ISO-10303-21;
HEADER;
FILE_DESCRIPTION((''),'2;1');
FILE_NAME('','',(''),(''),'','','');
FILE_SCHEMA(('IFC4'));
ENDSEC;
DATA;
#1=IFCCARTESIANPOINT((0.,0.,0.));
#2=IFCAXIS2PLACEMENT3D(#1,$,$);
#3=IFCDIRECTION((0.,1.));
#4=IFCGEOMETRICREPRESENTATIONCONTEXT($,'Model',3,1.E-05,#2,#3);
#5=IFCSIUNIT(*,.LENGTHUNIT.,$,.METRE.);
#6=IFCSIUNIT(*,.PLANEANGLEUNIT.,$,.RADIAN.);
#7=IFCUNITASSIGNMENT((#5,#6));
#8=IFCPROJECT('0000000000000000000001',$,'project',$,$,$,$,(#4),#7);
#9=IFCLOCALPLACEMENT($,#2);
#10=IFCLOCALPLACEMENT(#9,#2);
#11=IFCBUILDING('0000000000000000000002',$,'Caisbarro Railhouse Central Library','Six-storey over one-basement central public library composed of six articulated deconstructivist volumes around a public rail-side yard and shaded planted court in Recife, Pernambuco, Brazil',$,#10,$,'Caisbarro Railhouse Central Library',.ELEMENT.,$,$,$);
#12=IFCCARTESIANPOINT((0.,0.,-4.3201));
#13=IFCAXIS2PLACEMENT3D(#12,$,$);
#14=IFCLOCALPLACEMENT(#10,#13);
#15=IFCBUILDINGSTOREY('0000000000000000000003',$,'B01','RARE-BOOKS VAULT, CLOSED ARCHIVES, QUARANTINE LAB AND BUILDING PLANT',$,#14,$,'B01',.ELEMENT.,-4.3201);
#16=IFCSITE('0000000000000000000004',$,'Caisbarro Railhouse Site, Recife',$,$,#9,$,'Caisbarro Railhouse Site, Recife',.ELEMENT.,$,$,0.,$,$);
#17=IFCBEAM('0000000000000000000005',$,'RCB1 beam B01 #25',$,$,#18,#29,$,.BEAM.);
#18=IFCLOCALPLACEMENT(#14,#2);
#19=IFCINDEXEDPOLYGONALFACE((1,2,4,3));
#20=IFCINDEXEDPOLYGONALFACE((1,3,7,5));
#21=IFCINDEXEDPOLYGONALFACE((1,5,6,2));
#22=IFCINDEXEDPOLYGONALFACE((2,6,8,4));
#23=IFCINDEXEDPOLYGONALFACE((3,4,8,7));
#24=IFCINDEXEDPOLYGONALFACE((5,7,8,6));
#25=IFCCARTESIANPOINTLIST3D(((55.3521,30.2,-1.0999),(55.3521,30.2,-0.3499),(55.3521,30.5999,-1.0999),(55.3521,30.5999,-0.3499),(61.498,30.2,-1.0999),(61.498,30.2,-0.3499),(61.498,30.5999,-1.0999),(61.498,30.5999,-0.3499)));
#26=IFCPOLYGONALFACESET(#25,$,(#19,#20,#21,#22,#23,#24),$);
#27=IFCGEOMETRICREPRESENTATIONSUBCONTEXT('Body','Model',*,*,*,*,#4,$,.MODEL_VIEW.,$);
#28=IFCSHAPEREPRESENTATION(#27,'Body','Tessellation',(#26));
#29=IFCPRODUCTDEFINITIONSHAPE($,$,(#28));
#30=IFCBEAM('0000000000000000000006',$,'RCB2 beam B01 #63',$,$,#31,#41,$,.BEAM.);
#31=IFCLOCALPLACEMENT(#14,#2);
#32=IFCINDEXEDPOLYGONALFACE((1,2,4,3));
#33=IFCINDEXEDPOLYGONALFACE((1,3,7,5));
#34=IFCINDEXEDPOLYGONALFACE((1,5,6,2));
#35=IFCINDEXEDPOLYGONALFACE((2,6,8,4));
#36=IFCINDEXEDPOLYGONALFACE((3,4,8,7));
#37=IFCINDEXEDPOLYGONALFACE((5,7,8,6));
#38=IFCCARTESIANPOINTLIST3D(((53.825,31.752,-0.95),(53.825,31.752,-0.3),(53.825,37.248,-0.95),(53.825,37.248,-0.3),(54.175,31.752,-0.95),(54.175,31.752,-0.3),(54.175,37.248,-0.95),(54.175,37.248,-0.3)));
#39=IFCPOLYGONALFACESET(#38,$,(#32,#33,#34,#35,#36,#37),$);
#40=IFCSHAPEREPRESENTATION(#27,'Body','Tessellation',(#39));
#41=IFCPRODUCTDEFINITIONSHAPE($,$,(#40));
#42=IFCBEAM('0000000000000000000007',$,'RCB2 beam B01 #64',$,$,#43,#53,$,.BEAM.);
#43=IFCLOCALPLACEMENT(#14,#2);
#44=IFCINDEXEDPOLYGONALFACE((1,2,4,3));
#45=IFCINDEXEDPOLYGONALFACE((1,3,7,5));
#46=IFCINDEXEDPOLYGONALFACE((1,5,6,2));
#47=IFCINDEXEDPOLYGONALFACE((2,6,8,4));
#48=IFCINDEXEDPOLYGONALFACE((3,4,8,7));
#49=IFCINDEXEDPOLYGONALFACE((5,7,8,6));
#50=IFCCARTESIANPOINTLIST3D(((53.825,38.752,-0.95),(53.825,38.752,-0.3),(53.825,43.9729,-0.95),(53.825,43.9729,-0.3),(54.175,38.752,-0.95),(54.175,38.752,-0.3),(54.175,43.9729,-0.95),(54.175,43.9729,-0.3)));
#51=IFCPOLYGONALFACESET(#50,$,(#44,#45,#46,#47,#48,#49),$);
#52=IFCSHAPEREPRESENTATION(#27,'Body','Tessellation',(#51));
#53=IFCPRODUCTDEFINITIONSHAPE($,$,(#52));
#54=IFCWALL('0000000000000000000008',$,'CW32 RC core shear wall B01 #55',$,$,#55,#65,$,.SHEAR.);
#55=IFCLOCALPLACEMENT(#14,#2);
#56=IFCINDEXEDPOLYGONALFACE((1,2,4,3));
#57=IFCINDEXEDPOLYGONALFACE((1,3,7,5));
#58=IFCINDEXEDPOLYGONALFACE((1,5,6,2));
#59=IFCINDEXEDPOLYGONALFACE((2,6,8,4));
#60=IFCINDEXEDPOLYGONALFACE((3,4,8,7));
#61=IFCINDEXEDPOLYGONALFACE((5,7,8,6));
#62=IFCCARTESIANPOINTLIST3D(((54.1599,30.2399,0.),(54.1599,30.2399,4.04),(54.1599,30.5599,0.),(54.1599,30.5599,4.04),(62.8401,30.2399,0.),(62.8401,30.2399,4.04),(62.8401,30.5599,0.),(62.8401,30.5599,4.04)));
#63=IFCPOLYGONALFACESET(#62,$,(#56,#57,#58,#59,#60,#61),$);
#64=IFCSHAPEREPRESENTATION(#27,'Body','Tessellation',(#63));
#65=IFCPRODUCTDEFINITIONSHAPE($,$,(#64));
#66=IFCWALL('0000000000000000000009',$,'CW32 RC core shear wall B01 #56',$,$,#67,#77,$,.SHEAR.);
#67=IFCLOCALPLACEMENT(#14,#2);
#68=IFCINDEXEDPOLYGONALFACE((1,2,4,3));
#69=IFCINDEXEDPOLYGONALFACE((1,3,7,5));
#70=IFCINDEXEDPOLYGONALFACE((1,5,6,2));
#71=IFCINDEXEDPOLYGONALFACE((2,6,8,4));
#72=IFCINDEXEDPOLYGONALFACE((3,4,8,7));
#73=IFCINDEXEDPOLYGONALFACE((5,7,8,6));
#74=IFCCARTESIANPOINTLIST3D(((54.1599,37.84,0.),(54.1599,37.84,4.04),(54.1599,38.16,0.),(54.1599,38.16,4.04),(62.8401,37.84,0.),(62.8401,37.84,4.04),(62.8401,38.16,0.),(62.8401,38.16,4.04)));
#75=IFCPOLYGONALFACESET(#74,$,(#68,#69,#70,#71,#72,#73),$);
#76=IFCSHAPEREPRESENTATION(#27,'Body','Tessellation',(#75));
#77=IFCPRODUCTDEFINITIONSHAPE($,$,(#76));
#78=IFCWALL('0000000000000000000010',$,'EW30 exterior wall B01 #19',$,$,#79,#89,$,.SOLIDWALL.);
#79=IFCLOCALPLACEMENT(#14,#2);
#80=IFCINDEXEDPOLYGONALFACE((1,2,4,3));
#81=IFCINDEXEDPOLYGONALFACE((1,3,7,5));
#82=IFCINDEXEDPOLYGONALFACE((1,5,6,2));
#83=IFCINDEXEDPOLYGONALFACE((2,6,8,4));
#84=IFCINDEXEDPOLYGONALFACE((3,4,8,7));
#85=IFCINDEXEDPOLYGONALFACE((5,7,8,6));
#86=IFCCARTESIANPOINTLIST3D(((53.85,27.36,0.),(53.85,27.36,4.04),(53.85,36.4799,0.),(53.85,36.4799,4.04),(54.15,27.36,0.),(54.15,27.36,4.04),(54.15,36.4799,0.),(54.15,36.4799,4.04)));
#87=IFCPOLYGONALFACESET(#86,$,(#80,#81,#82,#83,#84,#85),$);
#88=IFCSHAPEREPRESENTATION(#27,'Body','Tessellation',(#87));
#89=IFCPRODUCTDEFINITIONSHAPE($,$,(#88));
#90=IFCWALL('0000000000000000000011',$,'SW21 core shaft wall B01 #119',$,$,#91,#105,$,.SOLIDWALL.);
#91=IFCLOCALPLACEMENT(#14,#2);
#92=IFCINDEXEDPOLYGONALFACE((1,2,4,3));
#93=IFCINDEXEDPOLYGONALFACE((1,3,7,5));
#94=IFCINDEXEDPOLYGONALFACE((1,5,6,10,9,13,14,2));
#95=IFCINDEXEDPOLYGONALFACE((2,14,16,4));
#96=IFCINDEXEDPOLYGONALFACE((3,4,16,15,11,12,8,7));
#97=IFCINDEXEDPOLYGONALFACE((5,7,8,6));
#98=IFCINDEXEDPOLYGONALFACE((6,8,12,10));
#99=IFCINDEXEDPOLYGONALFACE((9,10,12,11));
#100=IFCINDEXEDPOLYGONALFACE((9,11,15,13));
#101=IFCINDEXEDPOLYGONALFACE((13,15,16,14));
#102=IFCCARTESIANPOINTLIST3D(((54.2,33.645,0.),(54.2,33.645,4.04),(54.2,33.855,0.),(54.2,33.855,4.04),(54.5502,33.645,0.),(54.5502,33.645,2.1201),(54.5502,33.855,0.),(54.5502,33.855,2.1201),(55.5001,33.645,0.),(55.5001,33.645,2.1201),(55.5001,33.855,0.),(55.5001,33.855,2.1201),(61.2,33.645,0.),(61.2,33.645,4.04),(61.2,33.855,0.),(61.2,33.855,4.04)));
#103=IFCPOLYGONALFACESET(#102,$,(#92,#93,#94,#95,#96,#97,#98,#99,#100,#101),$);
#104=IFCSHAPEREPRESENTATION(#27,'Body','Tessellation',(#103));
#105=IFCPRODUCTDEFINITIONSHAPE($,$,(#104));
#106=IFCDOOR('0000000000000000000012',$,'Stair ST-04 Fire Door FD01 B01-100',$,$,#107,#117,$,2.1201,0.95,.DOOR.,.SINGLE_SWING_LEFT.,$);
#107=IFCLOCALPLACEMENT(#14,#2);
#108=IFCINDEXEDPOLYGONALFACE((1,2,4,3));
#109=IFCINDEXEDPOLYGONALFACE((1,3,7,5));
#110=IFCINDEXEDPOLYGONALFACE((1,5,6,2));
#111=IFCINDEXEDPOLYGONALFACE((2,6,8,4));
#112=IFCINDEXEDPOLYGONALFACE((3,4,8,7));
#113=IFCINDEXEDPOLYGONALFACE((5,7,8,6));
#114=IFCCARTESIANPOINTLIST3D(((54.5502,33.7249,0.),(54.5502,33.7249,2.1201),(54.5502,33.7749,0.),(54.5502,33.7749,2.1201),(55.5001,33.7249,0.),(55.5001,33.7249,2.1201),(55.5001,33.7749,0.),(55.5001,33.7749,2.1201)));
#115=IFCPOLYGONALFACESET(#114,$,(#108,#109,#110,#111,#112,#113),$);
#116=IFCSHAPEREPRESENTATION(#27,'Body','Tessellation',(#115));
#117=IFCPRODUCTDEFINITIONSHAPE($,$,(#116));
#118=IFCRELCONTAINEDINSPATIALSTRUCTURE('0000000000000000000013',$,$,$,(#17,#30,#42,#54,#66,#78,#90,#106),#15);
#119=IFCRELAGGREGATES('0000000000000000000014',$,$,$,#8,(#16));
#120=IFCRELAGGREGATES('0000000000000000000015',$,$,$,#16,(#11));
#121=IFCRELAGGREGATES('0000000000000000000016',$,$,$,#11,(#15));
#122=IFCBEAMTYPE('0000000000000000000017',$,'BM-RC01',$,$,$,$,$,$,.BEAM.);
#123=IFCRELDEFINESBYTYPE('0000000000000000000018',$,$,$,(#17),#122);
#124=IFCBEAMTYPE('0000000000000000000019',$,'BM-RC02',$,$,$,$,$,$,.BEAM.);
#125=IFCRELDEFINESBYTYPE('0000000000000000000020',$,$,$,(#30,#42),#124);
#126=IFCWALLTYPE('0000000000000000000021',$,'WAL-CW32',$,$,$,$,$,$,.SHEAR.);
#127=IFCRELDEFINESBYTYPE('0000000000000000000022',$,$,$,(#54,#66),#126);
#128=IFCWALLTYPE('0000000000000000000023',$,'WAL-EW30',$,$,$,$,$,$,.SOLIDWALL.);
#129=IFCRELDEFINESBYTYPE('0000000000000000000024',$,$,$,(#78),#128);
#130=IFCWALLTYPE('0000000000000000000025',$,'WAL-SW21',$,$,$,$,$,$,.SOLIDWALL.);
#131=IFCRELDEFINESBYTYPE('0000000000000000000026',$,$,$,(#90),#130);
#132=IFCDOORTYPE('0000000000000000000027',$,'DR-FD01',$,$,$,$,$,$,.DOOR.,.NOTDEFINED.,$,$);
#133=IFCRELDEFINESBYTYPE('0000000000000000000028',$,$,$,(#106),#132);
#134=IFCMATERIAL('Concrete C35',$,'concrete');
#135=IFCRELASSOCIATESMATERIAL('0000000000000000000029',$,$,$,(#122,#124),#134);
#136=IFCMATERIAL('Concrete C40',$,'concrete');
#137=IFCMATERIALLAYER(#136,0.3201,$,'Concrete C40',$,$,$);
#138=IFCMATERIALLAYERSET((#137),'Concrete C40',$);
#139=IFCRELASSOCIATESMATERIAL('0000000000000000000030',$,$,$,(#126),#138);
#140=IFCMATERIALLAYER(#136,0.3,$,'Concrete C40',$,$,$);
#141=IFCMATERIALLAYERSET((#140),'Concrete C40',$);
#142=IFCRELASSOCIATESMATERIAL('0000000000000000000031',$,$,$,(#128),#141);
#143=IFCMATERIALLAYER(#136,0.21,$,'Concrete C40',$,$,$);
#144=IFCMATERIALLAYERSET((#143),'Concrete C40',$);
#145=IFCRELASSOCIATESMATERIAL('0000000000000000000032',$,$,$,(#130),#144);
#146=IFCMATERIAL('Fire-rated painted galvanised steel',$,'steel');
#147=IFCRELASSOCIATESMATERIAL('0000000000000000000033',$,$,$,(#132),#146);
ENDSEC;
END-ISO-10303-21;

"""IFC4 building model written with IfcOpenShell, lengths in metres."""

from ifc_helpers import new_model, si_unit, direction, frame, frame_2d, origin, origin_2d, place, context, subcontext, project, spatial, rectangle, extrude, material, layer, layer_set, material_profile, profile_set, type_object, element, fill, save


model = new_model("IFC4")

# Units and contexts
model_context = context("Model", 3, precision=1e-05, world=origin(), true_north=direction((0.0, 1.0)))
body_context = subcontext(model_context, "Body", "Model", "MODEL_VIEW")
ifc_project = project(units=[si_unit("LENGTHUNIT", "METRE"), si_unit("PLANEANGLEUNIT", "RADIAN")], contexts=[model_context])

# Site, building, storey
site_placement = place(None, origin())
site = spatial("IfcSite", under=ifc_project, at=site_placement, Name="Caisbarro Railhouse Site, Recife", LongName="Caisbarro Railhouse Site, Recife", CompositionType="ELEMENT", RefElevation=0.0)
building_placement = place(site_placement, origin())
building = spatial("IfcBuilding", under=site, at=building_placement, Name="Caisbarro Railhouse Central Library", Description="Six-storey over one-basement central public library composed of six articulated deconstructivist volumes around a public rail-side yard and shaded planted court in Recife, Pernambuco, Brazil", LongName="Caisbarro Railhouse Central Library", CompositionType="ELEMENT")
storey_placement = place(building_placement, frame((0.0, 0.0, -4.3201)))
storey = spatial("IfcBuildingStorey", under=building, at=storey_placement, Name="B01", Description="RARE-BOOKS VAULT, CLOSED ARCHIVES, QUARANTINE LAB AND BUILDING PLANT", LongName="B01", CompositionType="ELEMENT", Elevation=-4.3201)

# Shared definitions
ifc_material_1 = material(Name="Concrete C35", Category="concrete")
ifc_material_2 = material(Name="Concrete C40", Category="concrete")

# Beams
ifc_material_profile_1 = material_profile(ifc_material_1, rectangle(XDim=0.3999, YDim=0.75, at=origin_2d()), Name="RC-BM-400X750")
ifc_profile_set_1 = profile_set([ifc_material_profile_1], Name="Concrete C35")
beam_type_1 = type_object("IfcBeamType", Name="BM-RC01", PredefinedType="BEAM", material=ifc_profile_set_1)
beam_1_placement = place(storey_placement, frame((55.3521, 30.3999, -0.7249), z_axis=(1.0, 0.0, 0.0), x_axis=(0.0, 1.0, 0.0)))
element("IfcBeam", 1, at=beam_1_placement, inside=storey, type_object=beam_type_1, Name="RCB1 beam B01 #25", PredefinedType="BEAM", context=body_context, shape_type="SweptSolid", body=[
    extrude(rectangle(XDim=0.3999, YDim=0.75, at=origin_2d()), origin(), (0.0, 0.0, 1.0), 6.146),
])
ifc_material_profile_2 = material_profile(ifc_material_1, rectangle(XDim=0.3501, YDim=0.6499, at=origin_2d()), Name="RC-BM-350X650")
ifc_profile_set_2 = profile_set([ifc_material_profile_2], Name="Concrete C35")
beam_type_2 = type_object("IfcBeamType", Name="BM-RC02", PredefinedType="BEAM", material=ifc_profile_set_2)
beam_2_placement = place(storey_placement, frame((54.0, 31.752, -0.625), z_axis=(0.0, 1.0, 0.0), x_axis=(-1.0, 0.0, 0.0)))
element("IfcBeam", 2, at=beam_2_placement, inside=storey, type_object=beam_type_2, Name="RCB2 beam B01 #63", PredefinedType="BEAM", context=body_context, shape_type="SweptSolid", body=[
    extrude(rectangle(XDim=0.3501, YDim=0.6499, at=origin_2d()), origin(), (0.0, 0.0, 1.0), 5.4961),
])
beam_3_placement = place(storey_placement, frame((54.0, 38.752, -0.625), z_axis=(0.0, 1.0, 0.0), x_axis=(-1.0, 0.0, 0.0)))
element("IfcBeam", 3, at=beam_3_placement, inside=storey, type_object=beam_type_2, Name="RCB2 beam B01 #64", PredefinedType="BEAM", context=body_context, shape_type="SweptSolid", body=[
    extrude(rectangle(XDim=0.3501, YDim=0.6499, at=origin_2d()), origin(), (0.0, 0.0, 1.0), 5.2209),
])

# Walls
ifc_layer_1 = layer(ifc_material_2, 0.3201, Name="Concrete C40")
ifc_layer_set_1 = layer_set([ifc_layer_1], Name="Concrete C40")
wall_type_1 = type_object("IfcWallType", Name="WAL-CW32", PredefinedType="SHEAR", material=ifc_layer_set_1)
for number, where, z_axis, x_axis, name in (
    (4, (54.1599, 30.3999, 0.0), (0.0, 0.0, 1.0), (1.0, 0.0, 0.0), "CW32 RC core shear wall B01 #55"),
    (5, (54.1599, 38.0, 0.0), (0.0, 0.0, 1.0), (1.0, 0.0, 0.0), "CW32 RC core shear wall B01 #56"),
):
    element("IfcWall", number, at=place(storey_placement, frame(where, z_axis=z_axis, x_axis=x_axis)), inside=storey, type_object=wall_type_1, Name=name, PredefinedType="SHEAR", context=body_context, shape_type="SweptSolid", body=[
        extrude(rectangle(XDim=8.6802, YDim=0.3201, at=frame_2d((4.3401, 0.0))), origin(), (0.0, 0.0, 1.0), 4.04),
    ])
ifc_layer_2 = layer(ifc_material_2, 0.3, Name="Concrete C40")
ifc_layer_set_2 = layer_set([ifc_layer_2], Name="Concrete C40")
wall_type_2 = type_object("IfcWallType", Name="WAL-EW30", PredefinedType="SOLIDWALL", material=ifc_layer_set_2)
wall_1_placement = place(storey_placement, frame((54.0, 36.48, 0.0), z_axis=(0.0, 0.0, 1.0), x_axis=(0.0, -1.0, 0.0)))
element("IfcWall", 6, at=wall_1_placement, inside=storey, type_object=wall_type_2, Name="EW30 exterior wall B01 #19", PredefinedType="SOLIDWALL", context=body_context, shape_type="SweptSolid", body=[
    extrude(rectangle(XDim=9.1199, YDim=0.3, at=frame_2d((4.5601, 0.0))), origin(), (0.0, 0.0, 1.0), 4.04),
])

# Wall, opening, door
ifc_layer_3 = layer(ifc_material_2, 0.21, Name="Concrete C40")
ifc_layer_set_3 = layer_set([ifc_layer_3], Name="Concrete C40")
wall_type_3 = type_object("IfcWallType", Name="WAL-SW21", PredefinedType="SOLIDWALL", material=ifc_layer_set_3)
wall_2_placement = place(storey_placement, frame((54.2, 33.75, 0.0), z_axis=(0.0, 0.0, 1.0), x_axis=(1.0, 0.0, 0.0)))
wall_2 = element("IfcWall", 7, at=wall_2_placement, inside=storey, type_object=wall_type_3, Name="SW21 core shaft wall B01 #119", PredefinedType="SOLIDWALL", context=body_context, shape_type="SweptSolid", body=[
    extrude(rectangle(XDim=7.0, YDim=0.21, at=frame_2d((3.5, 0.0))), origin(), (0.0, 0.0, 1.0), 4.04),
])
opening_placement = place(wall_2_placement, frame((0.3501, 0.0, 0.0)))
opening = element("IfcOpeningElement", 8, at=opening_placement, cuts=wall_2, PredefinedType="OPENING", context=body_context, shape_type="SweptSolid", body=[
    extrude(rectangle(XDim=0.95, YDim=2.1201, at=frame_2d((0.4751, 1.0601))), frame((0.0, 0.115, 0.0), z_axis=(0.0, -1.0, 0.0), x_axis=(1.0, 0.0, 0.0)), (0.0, 0.0, 1.0), 0.23),
])
ifc_material_3 = material(Name="Fire-rated painted galvanised steel", Category="steel")
door_type = type_object("IfcDoorType", Name="DR-FD01", OperationType="NOTDEFINED", PredefinedType="DOOR", material=ifc_material_3)
door_placement = place(opening_placement, origin())
door = element("IfcDoor", 9, at=door_placement, inside=storey, type_object=door_type, Name="Stair ST-04 Fire Door FD01 B01-100", OperationType="SINGLE_SWING_LEFT", OverallHeight=2.1201, OverallWidth=0.95, PredefinedType="DOOR", context=body_context, shape_type="SweptSolid", body=[
    extrude(rectangle(XDim=0.95, YDim=2.1201, at=frame_2d((0.4751, 1.0601))), frame((0.0, 0.0249, 0.0), z_axis=(0.0, -1.0, 0.0), x_axis=(1.0, 0.0, 0.0)), (0.0, 0.0, 1.0), 0.05),
])
fill(opening, door)

save(model, "model.ifc")
